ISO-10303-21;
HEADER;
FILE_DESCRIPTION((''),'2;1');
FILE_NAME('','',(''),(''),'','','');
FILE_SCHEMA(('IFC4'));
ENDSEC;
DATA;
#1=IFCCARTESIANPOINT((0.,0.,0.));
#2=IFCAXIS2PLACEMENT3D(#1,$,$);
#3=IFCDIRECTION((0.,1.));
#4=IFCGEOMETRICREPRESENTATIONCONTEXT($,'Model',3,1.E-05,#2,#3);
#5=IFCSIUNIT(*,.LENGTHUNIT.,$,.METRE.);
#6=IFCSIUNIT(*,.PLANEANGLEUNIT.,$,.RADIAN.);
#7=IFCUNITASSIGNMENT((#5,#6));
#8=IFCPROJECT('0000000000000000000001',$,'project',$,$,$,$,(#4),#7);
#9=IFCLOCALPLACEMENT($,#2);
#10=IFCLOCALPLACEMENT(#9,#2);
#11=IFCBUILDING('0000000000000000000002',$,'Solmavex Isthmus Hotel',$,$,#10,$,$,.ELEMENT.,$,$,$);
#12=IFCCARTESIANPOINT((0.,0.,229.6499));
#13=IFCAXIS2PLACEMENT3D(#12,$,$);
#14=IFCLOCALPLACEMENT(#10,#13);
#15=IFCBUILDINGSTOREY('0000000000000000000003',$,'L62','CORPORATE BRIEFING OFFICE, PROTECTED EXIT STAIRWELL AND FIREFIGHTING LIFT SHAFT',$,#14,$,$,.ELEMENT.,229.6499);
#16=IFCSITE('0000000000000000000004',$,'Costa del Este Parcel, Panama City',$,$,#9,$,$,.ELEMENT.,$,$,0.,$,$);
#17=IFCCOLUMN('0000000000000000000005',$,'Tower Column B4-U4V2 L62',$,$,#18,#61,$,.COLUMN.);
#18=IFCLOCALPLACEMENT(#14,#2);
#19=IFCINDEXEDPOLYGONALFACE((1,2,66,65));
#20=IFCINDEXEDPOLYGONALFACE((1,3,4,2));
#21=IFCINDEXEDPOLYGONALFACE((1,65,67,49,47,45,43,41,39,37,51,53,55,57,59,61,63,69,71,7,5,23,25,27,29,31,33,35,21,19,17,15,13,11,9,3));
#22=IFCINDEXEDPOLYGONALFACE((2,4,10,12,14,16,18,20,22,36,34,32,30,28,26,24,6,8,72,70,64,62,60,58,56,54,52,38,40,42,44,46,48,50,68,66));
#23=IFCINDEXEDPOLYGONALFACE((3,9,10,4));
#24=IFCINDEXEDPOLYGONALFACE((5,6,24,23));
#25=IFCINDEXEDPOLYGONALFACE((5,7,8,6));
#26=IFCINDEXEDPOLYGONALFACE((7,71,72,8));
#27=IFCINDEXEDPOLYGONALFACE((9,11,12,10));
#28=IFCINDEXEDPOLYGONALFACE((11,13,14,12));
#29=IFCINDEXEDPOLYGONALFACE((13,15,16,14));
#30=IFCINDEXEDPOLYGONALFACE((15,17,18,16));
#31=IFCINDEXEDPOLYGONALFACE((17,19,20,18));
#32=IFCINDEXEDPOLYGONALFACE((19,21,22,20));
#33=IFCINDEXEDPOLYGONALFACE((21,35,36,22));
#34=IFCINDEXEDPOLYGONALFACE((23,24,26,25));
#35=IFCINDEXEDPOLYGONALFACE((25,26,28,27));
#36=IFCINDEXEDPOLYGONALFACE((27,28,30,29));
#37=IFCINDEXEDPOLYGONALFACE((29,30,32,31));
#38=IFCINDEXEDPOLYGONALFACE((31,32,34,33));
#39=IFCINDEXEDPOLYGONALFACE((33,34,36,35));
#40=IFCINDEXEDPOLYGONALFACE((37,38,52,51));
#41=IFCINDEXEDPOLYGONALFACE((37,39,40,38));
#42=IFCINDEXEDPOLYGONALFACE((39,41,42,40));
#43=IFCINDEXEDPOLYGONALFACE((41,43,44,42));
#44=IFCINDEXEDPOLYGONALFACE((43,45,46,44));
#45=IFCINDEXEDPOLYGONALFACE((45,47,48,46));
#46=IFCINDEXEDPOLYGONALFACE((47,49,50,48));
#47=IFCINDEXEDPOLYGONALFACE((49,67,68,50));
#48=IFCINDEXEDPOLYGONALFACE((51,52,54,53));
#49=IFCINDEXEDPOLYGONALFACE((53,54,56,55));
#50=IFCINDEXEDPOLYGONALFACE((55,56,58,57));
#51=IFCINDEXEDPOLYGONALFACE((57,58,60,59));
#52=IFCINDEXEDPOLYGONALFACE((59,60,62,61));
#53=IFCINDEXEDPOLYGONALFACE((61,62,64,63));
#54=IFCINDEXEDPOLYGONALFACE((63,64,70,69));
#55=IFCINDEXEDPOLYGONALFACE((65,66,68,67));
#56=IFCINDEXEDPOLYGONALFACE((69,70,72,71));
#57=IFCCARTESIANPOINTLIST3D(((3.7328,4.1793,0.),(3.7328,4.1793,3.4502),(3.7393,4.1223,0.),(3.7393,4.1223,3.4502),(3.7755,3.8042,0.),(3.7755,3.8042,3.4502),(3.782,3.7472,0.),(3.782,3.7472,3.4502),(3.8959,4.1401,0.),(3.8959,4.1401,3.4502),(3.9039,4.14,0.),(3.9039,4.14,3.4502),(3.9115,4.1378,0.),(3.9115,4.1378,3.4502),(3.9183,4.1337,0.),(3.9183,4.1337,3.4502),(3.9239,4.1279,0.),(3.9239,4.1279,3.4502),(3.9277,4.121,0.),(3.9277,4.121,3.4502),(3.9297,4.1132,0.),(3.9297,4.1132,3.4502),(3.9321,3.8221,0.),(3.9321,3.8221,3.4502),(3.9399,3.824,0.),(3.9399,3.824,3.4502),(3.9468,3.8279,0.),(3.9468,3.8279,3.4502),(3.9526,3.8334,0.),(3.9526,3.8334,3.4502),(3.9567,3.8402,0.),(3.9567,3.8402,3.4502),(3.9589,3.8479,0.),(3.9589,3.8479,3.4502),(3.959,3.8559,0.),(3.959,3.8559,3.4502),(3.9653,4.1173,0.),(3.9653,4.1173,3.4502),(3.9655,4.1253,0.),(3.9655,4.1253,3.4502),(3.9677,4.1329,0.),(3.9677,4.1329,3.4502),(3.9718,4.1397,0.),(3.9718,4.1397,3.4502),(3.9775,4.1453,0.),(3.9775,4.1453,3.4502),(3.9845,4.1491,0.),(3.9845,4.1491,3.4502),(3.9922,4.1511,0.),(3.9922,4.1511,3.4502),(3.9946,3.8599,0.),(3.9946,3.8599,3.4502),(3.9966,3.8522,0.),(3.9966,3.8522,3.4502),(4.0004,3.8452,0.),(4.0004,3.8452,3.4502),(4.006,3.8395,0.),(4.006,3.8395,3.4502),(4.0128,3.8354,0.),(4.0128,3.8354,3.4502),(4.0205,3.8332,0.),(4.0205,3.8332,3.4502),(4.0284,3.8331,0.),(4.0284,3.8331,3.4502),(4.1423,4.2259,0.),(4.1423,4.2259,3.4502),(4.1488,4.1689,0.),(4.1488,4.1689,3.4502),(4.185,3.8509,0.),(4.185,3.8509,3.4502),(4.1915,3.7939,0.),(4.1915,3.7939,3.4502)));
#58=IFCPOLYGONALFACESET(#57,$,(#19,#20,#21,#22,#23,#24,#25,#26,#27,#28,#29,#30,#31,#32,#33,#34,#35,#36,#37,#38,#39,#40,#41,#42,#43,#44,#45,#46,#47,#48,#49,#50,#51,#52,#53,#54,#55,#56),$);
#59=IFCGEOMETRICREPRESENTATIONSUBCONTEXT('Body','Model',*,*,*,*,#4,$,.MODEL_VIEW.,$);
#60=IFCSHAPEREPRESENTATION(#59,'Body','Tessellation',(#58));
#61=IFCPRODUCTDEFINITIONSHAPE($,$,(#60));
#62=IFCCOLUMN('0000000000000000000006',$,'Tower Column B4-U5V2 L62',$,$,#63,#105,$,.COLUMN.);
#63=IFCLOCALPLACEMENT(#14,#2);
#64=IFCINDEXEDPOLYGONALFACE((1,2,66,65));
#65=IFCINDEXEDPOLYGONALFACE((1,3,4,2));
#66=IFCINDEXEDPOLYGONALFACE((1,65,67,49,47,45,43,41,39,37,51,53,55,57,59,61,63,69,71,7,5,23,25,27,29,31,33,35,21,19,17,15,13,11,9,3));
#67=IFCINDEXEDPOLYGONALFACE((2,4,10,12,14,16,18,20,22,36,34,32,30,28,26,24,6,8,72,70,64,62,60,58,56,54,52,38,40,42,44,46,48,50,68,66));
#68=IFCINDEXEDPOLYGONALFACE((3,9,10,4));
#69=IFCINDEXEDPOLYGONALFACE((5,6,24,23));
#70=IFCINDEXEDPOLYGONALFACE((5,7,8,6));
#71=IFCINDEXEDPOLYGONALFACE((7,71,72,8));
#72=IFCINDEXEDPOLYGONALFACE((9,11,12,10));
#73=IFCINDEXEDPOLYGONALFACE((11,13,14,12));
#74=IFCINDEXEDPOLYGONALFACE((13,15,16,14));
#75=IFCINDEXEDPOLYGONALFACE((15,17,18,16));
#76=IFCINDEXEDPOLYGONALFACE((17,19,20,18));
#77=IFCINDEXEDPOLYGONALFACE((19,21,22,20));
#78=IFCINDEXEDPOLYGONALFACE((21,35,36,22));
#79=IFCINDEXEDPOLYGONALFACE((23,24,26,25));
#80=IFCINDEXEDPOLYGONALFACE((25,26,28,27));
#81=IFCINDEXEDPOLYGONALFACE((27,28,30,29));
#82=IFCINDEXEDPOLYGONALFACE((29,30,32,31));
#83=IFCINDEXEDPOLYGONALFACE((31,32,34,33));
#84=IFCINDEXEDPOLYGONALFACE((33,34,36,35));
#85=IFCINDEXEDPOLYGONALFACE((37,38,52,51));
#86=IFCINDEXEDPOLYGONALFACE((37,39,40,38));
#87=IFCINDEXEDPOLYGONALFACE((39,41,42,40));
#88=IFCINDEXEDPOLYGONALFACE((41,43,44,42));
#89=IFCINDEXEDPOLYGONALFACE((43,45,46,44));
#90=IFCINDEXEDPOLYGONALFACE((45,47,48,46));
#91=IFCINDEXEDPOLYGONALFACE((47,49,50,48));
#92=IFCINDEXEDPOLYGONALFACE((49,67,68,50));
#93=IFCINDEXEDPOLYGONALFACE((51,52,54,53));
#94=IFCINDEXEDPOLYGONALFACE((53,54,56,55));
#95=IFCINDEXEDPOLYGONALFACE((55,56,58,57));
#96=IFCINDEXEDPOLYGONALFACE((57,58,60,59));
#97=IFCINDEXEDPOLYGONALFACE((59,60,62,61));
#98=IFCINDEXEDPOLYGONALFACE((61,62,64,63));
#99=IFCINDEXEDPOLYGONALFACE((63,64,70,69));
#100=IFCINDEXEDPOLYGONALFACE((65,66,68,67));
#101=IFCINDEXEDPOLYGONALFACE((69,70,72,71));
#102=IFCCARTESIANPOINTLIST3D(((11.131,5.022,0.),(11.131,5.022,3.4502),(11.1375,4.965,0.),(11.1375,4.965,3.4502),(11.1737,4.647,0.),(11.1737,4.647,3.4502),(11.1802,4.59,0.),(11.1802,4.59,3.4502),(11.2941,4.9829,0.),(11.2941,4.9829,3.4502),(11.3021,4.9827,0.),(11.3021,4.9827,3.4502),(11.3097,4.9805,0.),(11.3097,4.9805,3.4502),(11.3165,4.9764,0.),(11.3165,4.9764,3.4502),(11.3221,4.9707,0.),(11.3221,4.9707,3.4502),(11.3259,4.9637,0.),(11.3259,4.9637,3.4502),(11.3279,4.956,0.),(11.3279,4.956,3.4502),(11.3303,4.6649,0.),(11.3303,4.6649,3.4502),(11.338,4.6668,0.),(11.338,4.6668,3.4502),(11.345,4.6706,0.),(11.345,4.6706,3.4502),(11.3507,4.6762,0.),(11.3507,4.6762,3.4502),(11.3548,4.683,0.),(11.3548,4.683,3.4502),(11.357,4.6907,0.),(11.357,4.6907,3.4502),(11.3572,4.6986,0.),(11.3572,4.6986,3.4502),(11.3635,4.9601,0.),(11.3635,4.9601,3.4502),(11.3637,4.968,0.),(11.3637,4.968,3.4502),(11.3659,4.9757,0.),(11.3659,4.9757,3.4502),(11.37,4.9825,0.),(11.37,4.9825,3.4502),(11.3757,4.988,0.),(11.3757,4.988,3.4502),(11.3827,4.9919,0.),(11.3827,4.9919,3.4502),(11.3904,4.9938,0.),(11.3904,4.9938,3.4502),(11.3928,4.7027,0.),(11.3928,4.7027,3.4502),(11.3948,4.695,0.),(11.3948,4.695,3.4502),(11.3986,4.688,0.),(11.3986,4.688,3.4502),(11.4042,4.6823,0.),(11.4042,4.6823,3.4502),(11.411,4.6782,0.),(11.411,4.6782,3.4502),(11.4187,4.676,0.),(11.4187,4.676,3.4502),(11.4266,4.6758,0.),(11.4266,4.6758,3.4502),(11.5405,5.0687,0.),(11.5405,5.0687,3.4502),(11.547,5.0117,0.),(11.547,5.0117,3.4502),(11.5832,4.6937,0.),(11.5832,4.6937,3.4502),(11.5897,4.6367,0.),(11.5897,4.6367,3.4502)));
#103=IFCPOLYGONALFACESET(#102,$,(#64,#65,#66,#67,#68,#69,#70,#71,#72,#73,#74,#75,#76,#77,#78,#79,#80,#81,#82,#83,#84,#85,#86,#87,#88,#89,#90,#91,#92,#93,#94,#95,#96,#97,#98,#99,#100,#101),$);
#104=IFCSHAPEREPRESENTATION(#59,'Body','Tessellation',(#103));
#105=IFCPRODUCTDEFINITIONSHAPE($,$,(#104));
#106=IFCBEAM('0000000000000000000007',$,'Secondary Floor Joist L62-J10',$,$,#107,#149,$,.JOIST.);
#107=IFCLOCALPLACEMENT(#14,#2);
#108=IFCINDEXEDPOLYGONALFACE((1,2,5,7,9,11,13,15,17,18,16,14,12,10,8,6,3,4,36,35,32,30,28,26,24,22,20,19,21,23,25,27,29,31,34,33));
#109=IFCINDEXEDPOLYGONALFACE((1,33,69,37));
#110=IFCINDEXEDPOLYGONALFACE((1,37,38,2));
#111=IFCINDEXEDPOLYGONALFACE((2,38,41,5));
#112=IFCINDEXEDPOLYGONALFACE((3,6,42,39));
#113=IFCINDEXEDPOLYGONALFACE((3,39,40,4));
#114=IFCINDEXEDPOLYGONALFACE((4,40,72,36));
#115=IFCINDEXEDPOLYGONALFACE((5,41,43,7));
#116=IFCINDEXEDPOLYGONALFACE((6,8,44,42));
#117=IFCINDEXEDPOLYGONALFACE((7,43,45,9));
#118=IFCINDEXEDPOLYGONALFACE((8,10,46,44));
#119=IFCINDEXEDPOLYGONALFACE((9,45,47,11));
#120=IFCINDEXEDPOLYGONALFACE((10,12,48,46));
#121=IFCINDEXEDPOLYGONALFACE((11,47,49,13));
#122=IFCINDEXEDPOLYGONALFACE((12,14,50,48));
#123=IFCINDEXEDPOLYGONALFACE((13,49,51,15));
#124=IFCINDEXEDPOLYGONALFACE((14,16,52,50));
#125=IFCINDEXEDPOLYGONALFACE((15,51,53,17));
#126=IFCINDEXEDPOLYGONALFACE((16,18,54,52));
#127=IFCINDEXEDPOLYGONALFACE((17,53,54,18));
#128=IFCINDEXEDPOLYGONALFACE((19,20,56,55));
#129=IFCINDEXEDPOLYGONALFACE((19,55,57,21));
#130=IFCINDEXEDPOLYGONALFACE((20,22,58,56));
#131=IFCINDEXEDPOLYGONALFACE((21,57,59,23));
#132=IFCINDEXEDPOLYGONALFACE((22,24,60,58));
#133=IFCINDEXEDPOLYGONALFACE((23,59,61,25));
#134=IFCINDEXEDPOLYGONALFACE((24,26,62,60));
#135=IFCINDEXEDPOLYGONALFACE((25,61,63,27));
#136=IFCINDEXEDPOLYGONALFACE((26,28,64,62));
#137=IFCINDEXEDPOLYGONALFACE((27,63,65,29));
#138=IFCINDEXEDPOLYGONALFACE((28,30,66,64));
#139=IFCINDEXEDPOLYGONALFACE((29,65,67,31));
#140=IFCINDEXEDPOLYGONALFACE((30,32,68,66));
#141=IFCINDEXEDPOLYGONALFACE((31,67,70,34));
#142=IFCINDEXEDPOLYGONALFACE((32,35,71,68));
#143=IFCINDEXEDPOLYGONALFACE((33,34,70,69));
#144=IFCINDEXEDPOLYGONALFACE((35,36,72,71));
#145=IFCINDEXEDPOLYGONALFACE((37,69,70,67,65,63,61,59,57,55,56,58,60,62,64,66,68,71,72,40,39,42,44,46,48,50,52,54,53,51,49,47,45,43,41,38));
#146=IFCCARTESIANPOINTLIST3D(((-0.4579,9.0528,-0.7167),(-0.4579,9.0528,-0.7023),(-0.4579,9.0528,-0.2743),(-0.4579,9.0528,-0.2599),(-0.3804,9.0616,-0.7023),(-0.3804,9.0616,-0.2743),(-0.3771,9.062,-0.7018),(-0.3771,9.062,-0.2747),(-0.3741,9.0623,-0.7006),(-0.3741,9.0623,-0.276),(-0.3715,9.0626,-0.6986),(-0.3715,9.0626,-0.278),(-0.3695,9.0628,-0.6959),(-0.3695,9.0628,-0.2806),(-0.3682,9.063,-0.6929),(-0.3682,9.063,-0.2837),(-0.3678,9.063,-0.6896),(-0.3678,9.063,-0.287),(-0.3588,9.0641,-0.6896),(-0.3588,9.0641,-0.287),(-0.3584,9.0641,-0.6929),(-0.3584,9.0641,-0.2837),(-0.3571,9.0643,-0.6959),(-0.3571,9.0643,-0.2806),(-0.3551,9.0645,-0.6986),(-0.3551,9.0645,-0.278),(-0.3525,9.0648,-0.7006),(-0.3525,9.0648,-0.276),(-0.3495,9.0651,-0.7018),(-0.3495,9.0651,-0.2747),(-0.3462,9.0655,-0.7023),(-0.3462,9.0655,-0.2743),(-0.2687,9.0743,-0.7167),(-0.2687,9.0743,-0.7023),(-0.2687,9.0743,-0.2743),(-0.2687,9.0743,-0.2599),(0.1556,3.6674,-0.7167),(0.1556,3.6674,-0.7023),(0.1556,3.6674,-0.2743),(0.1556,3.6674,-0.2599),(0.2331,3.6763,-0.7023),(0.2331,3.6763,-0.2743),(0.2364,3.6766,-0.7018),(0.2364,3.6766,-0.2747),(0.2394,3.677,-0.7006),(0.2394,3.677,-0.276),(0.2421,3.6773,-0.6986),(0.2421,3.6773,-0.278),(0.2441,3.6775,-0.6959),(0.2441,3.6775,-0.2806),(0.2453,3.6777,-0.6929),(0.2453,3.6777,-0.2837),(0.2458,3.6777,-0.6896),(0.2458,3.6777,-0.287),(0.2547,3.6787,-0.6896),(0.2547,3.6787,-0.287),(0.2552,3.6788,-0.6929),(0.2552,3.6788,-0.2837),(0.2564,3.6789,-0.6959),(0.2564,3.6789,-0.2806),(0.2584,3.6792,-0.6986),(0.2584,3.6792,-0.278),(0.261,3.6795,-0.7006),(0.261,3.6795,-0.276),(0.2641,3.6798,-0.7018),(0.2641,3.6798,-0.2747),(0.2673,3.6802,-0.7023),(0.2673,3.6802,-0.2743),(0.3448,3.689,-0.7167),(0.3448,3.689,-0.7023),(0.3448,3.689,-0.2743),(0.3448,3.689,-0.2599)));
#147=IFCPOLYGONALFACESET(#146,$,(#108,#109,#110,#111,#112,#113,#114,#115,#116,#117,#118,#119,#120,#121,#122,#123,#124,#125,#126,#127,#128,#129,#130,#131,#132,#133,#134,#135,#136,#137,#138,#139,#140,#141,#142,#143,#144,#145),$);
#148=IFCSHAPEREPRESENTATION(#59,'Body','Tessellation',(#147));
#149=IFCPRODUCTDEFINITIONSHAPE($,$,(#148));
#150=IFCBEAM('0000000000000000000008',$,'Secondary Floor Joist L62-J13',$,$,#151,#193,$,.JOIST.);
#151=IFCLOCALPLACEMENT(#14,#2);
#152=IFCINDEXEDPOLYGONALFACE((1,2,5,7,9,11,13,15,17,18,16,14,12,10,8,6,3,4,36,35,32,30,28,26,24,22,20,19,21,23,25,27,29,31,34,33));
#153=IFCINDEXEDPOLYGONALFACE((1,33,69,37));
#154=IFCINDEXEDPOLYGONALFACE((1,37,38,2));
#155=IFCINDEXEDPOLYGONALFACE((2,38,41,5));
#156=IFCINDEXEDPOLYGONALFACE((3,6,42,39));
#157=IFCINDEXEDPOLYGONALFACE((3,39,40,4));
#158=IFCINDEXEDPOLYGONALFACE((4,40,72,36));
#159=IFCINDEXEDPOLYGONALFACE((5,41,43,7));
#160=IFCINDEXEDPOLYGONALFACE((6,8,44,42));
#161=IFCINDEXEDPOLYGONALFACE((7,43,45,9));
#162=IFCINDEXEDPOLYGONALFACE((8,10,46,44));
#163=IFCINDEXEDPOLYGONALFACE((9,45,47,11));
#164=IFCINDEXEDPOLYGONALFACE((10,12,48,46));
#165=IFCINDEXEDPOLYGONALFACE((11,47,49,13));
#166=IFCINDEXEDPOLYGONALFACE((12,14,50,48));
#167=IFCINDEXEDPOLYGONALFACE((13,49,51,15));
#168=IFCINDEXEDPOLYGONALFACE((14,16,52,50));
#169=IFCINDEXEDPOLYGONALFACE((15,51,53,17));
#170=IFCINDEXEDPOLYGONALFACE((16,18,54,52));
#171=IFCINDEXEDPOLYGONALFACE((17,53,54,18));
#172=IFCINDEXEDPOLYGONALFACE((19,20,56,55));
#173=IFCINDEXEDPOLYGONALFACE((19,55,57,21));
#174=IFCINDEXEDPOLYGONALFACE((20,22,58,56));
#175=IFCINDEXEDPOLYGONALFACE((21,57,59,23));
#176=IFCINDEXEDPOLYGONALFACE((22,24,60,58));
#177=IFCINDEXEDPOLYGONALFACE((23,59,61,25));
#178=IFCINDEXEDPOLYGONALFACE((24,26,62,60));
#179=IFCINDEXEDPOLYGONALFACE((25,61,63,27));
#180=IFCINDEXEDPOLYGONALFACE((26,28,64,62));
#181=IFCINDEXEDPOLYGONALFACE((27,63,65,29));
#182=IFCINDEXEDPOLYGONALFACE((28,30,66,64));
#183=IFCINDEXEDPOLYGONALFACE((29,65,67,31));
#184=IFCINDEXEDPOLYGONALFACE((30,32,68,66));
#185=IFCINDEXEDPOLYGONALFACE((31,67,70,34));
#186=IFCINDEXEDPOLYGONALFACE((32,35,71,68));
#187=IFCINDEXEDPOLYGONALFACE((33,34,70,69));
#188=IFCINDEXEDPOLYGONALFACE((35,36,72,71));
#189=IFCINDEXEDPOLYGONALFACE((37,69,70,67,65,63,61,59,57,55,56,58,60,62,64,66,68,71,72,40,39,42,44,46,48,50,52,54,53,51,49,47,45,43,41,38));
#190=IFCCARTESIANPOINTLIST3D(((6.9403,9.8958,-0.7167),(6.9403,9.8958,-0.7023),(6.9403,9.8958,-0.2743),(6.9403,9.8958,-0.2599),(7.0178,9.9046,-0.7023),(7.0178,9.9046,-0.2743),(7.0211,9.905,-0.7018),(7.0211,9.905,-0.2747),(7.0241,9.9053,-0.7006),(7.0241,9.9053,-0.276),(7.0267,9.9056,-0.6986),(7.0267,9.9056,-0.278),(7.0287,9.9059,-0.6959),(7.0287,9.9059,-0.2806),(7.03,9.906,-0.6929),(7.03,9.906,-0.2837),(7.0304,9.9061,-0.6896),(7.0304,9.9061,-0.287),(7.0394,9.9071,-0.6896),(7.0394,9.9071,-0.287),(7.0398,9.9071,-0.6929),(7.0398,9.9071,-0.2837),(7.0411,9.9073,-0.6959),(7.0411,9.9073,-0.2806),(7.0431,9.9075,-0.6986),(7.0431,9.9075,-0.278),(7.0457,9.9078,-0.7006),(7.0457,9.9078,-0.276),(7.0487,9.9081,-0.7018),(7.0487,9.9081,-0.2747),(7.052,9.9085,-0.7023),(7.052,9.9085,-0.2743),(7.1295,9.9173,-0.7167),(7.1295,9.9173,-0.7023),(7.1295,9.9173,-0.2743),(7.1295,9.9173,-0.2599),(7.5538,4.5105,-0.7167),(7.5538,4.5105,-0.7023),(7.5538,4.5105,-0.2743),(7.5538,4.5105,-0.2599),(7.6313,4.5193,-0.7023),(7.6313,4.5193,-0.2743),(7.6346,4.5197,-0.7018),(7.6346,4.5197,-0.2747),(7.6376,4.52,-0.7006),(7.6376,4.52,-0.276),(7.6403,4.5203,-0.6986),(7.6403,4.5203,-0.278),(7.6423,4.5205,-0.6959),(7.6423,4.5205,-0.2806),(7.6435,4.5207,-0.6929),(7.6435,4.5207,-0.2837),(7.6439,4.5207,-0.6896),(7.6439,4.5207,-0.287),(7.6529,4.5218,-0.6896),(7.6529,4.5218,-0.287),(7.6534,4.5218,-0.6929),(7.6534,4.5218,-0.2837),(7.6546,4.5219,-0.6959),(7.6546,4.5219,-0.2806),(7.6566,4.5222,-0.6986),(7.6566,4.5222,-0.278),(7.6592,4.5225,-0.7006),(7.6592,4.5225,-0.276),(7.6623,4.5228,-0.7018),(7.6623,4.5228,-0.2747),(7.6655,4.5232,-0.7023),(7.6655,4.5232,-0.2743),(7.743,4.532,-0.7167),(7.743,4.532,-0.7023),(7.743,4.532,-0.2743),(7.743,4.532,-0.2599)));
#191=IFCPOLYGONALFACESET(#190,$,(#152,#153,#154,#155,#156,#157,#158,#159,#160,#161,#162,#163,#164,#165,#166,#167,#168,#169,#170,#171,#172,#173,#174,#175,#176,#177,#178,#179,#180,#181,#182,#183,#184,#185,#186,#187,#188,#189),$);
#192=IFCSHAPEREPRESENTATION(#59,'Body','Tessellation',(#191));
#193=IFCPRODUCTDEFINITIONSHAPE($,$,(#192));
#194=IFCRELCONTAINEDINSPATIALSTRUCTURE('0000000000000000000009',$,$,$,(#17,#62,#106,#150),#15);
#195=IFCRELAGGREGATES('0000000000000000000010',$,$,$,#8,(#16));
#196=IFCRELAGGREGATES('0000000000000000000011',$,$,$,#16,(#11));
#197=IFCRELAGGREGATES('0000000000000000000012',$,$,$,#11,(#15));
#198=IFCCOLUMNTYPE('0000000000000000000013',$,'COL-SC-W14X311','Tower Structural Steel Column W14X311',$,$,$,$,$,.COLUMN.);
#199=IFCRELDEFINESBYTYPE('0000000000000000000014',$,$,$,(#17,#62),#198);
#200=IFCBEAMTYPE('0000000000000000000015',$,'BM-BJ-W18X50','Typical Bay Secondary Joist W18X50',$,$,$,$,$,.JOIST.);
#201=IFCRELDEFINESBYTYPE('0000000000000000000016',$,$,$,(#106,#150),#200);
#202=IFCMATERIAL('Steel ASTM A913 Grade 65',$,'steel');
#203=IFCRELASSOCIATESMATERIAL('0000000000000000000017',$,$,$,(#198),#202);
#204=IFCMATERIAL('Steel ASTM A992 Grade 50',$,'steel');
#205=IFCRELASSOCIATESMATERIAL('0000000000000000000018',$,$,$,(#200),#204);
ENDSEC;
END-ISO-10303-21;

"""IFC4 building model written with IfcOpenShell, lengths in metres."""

from ifc_helpers import new_model, si_unit, direction, frame, origin, origin_2d, place, context, subcontext, project, spatial, i_section, extrude, material, material_profile, profile_set, type_object, element, save


model = new_model("IFC4")

# Units and contexts
model_context = context("Model", 3, precision=1e-05, world=origin(), true_north=direction((0.0, 1.0)))
body_context = subcontext(model_context, "Body", "Model", "MODEL_VIEW")
ifc_project = project(units=[si_unit("LENGTHUNIT", "METRE"), si_unit("PLANEANGLEUNIT", "RADIAN")], contexts=[model_context])

# Site, building, storey
site_placement = place(None, origin())
site = spatial("IfcSite", under=ifc_project, at=site_placement, Name="Costa del Este Parcel, Panama City", CompositionType="ELEMENT", RefElevation=0.0)
building_placement = place(site_placement, origin())
building = spatial("IfcBuilding", under=site, at=building_placement, Name="Solmavex Isthmus Hotel", CompositionType="ELEMENT")
storey_placement = place(building_placement, frame((0.0, 0.0, 229.6499)))
storey = spatial("IfcBuildingStorey", under=building, at=storey_placement, Name="L62", Description="CORPORATE BRIEFING OFFICE, PROTECTED EXIT STAIRWELL AND FIREFIGHTING LIFT SHAFT", CompositionType="ELEMENT", Elevation=229.6499)

# Columns
ifc_material_1 = material(Name="Steel ASTM A913 Grade 65", Category="steel")
ifc_material_profile_1 = material_profile(ifc_material_1, i_section(OverallWidth=0.4121, OverallDepth=0.4348, WebThickness=0.0359, FlangeThickness=0.0574, FilletRadius=0.0305, at=origin_2d()), Name="W14X311")
ifc_profile_set_1 = profile_set([ifc_material_profile_1], Name="Steel ASTM A913 Grade 65")
column_type = type_object("IfcColumnType", Name="COL-SC-W14X311", Description="Tower Structural Steel Column W14X311", PredefinedType="COLUMN", material=ifc_profile_set_1)
for number, where, z_axis, x_axis, name in (
    (1, (3.9622, 3.9866, 0.0), (0.0, 0.0, 1.0), (0.993572, 0.113203, 0.0), "Tower Column B4-U4V2 L62"),
    (2, (11.3604, 4.8293, 0.0), (0.0, 0.0, 1.0), (0.993572, 0.113203, 0.0), "Tower Column B4-U5V2 L62"),
):
    element("IfcColumn", number, at=place(storey_placement, frame(where, z_axis=z_axis, x_axis=x_axis)), inside=storey, type_object=column_type, Name=name, PredefinedType="COLUMN", context=body_context, shape_type="SweptSolid", body=[
        extrude(i_section(OverallWidth=0.4121, OverallDepth=0.4348, WebThickness=0.0359, FlangeThickness=0.0574, FilletRadius=0.0305, at=origin_2d()), origin(), (0.0, 0.0, 1.0), 3.4502),
    ])

# Beams
ifc_material_2 = material(Name="Steel ASTM A992 Grade 50", Category="steel")
ifc_material_profile_2 = material_profile(ifc_material_2, i_section(OverallWidth=0.1904, OverallDepth=0.4568, WebThickness=0.009, FlangeThickness=0.0144, FilletRadius=0.0127, at=origin_2d()), Name="W18X50")
ifc_profile_set_2 = profile_set([ifc_material_profile_2], Name="Steel ASTM A992 Grade 50")
beam_type_1 = type_object("IfcBeamType", Name="BM-BJ-W18X50", Description="Typical Bay Secondary Joist W18X50", PredefinedType="JOIST", material=ifc_profile_set_2)
for number, where, z_axis, x_axis, name in (
    (3, (0.2502, 3.6782, -0.4883), (-0.113195, 0.993573, 0.0), (-0.993573, -0.113195, 0.0), "Secondary Floor Joist L62-J10"),
    (4, (7.6484, 4.5212, -0.4883), (-0.113195, 0.993573, 0.0), (-0.993573, -0.113195, 0.0), "Secondary Floor Joist L62-J13"),
):
    element("IfcBeam", number, at=place(storey_placement, frame(where, z_axis=z_axis, x_axis=x_axis)), inside=storey, type_object=beam_type_1, Name=name, PredefinedType="JOIST", context=body_context, shape_type="SweptSolid", body=[
        extrude(i_section(OverallWidth=0.1904, OverallDepth=0.4568, WebThickness=0.009, FlangeThickness=0.0144, FilletRadius=0.0127, at=origin_2d()), origin(), (0.0, 0.0, 1.0), 5.4202),
    ])

save(model, "model.ifc")
